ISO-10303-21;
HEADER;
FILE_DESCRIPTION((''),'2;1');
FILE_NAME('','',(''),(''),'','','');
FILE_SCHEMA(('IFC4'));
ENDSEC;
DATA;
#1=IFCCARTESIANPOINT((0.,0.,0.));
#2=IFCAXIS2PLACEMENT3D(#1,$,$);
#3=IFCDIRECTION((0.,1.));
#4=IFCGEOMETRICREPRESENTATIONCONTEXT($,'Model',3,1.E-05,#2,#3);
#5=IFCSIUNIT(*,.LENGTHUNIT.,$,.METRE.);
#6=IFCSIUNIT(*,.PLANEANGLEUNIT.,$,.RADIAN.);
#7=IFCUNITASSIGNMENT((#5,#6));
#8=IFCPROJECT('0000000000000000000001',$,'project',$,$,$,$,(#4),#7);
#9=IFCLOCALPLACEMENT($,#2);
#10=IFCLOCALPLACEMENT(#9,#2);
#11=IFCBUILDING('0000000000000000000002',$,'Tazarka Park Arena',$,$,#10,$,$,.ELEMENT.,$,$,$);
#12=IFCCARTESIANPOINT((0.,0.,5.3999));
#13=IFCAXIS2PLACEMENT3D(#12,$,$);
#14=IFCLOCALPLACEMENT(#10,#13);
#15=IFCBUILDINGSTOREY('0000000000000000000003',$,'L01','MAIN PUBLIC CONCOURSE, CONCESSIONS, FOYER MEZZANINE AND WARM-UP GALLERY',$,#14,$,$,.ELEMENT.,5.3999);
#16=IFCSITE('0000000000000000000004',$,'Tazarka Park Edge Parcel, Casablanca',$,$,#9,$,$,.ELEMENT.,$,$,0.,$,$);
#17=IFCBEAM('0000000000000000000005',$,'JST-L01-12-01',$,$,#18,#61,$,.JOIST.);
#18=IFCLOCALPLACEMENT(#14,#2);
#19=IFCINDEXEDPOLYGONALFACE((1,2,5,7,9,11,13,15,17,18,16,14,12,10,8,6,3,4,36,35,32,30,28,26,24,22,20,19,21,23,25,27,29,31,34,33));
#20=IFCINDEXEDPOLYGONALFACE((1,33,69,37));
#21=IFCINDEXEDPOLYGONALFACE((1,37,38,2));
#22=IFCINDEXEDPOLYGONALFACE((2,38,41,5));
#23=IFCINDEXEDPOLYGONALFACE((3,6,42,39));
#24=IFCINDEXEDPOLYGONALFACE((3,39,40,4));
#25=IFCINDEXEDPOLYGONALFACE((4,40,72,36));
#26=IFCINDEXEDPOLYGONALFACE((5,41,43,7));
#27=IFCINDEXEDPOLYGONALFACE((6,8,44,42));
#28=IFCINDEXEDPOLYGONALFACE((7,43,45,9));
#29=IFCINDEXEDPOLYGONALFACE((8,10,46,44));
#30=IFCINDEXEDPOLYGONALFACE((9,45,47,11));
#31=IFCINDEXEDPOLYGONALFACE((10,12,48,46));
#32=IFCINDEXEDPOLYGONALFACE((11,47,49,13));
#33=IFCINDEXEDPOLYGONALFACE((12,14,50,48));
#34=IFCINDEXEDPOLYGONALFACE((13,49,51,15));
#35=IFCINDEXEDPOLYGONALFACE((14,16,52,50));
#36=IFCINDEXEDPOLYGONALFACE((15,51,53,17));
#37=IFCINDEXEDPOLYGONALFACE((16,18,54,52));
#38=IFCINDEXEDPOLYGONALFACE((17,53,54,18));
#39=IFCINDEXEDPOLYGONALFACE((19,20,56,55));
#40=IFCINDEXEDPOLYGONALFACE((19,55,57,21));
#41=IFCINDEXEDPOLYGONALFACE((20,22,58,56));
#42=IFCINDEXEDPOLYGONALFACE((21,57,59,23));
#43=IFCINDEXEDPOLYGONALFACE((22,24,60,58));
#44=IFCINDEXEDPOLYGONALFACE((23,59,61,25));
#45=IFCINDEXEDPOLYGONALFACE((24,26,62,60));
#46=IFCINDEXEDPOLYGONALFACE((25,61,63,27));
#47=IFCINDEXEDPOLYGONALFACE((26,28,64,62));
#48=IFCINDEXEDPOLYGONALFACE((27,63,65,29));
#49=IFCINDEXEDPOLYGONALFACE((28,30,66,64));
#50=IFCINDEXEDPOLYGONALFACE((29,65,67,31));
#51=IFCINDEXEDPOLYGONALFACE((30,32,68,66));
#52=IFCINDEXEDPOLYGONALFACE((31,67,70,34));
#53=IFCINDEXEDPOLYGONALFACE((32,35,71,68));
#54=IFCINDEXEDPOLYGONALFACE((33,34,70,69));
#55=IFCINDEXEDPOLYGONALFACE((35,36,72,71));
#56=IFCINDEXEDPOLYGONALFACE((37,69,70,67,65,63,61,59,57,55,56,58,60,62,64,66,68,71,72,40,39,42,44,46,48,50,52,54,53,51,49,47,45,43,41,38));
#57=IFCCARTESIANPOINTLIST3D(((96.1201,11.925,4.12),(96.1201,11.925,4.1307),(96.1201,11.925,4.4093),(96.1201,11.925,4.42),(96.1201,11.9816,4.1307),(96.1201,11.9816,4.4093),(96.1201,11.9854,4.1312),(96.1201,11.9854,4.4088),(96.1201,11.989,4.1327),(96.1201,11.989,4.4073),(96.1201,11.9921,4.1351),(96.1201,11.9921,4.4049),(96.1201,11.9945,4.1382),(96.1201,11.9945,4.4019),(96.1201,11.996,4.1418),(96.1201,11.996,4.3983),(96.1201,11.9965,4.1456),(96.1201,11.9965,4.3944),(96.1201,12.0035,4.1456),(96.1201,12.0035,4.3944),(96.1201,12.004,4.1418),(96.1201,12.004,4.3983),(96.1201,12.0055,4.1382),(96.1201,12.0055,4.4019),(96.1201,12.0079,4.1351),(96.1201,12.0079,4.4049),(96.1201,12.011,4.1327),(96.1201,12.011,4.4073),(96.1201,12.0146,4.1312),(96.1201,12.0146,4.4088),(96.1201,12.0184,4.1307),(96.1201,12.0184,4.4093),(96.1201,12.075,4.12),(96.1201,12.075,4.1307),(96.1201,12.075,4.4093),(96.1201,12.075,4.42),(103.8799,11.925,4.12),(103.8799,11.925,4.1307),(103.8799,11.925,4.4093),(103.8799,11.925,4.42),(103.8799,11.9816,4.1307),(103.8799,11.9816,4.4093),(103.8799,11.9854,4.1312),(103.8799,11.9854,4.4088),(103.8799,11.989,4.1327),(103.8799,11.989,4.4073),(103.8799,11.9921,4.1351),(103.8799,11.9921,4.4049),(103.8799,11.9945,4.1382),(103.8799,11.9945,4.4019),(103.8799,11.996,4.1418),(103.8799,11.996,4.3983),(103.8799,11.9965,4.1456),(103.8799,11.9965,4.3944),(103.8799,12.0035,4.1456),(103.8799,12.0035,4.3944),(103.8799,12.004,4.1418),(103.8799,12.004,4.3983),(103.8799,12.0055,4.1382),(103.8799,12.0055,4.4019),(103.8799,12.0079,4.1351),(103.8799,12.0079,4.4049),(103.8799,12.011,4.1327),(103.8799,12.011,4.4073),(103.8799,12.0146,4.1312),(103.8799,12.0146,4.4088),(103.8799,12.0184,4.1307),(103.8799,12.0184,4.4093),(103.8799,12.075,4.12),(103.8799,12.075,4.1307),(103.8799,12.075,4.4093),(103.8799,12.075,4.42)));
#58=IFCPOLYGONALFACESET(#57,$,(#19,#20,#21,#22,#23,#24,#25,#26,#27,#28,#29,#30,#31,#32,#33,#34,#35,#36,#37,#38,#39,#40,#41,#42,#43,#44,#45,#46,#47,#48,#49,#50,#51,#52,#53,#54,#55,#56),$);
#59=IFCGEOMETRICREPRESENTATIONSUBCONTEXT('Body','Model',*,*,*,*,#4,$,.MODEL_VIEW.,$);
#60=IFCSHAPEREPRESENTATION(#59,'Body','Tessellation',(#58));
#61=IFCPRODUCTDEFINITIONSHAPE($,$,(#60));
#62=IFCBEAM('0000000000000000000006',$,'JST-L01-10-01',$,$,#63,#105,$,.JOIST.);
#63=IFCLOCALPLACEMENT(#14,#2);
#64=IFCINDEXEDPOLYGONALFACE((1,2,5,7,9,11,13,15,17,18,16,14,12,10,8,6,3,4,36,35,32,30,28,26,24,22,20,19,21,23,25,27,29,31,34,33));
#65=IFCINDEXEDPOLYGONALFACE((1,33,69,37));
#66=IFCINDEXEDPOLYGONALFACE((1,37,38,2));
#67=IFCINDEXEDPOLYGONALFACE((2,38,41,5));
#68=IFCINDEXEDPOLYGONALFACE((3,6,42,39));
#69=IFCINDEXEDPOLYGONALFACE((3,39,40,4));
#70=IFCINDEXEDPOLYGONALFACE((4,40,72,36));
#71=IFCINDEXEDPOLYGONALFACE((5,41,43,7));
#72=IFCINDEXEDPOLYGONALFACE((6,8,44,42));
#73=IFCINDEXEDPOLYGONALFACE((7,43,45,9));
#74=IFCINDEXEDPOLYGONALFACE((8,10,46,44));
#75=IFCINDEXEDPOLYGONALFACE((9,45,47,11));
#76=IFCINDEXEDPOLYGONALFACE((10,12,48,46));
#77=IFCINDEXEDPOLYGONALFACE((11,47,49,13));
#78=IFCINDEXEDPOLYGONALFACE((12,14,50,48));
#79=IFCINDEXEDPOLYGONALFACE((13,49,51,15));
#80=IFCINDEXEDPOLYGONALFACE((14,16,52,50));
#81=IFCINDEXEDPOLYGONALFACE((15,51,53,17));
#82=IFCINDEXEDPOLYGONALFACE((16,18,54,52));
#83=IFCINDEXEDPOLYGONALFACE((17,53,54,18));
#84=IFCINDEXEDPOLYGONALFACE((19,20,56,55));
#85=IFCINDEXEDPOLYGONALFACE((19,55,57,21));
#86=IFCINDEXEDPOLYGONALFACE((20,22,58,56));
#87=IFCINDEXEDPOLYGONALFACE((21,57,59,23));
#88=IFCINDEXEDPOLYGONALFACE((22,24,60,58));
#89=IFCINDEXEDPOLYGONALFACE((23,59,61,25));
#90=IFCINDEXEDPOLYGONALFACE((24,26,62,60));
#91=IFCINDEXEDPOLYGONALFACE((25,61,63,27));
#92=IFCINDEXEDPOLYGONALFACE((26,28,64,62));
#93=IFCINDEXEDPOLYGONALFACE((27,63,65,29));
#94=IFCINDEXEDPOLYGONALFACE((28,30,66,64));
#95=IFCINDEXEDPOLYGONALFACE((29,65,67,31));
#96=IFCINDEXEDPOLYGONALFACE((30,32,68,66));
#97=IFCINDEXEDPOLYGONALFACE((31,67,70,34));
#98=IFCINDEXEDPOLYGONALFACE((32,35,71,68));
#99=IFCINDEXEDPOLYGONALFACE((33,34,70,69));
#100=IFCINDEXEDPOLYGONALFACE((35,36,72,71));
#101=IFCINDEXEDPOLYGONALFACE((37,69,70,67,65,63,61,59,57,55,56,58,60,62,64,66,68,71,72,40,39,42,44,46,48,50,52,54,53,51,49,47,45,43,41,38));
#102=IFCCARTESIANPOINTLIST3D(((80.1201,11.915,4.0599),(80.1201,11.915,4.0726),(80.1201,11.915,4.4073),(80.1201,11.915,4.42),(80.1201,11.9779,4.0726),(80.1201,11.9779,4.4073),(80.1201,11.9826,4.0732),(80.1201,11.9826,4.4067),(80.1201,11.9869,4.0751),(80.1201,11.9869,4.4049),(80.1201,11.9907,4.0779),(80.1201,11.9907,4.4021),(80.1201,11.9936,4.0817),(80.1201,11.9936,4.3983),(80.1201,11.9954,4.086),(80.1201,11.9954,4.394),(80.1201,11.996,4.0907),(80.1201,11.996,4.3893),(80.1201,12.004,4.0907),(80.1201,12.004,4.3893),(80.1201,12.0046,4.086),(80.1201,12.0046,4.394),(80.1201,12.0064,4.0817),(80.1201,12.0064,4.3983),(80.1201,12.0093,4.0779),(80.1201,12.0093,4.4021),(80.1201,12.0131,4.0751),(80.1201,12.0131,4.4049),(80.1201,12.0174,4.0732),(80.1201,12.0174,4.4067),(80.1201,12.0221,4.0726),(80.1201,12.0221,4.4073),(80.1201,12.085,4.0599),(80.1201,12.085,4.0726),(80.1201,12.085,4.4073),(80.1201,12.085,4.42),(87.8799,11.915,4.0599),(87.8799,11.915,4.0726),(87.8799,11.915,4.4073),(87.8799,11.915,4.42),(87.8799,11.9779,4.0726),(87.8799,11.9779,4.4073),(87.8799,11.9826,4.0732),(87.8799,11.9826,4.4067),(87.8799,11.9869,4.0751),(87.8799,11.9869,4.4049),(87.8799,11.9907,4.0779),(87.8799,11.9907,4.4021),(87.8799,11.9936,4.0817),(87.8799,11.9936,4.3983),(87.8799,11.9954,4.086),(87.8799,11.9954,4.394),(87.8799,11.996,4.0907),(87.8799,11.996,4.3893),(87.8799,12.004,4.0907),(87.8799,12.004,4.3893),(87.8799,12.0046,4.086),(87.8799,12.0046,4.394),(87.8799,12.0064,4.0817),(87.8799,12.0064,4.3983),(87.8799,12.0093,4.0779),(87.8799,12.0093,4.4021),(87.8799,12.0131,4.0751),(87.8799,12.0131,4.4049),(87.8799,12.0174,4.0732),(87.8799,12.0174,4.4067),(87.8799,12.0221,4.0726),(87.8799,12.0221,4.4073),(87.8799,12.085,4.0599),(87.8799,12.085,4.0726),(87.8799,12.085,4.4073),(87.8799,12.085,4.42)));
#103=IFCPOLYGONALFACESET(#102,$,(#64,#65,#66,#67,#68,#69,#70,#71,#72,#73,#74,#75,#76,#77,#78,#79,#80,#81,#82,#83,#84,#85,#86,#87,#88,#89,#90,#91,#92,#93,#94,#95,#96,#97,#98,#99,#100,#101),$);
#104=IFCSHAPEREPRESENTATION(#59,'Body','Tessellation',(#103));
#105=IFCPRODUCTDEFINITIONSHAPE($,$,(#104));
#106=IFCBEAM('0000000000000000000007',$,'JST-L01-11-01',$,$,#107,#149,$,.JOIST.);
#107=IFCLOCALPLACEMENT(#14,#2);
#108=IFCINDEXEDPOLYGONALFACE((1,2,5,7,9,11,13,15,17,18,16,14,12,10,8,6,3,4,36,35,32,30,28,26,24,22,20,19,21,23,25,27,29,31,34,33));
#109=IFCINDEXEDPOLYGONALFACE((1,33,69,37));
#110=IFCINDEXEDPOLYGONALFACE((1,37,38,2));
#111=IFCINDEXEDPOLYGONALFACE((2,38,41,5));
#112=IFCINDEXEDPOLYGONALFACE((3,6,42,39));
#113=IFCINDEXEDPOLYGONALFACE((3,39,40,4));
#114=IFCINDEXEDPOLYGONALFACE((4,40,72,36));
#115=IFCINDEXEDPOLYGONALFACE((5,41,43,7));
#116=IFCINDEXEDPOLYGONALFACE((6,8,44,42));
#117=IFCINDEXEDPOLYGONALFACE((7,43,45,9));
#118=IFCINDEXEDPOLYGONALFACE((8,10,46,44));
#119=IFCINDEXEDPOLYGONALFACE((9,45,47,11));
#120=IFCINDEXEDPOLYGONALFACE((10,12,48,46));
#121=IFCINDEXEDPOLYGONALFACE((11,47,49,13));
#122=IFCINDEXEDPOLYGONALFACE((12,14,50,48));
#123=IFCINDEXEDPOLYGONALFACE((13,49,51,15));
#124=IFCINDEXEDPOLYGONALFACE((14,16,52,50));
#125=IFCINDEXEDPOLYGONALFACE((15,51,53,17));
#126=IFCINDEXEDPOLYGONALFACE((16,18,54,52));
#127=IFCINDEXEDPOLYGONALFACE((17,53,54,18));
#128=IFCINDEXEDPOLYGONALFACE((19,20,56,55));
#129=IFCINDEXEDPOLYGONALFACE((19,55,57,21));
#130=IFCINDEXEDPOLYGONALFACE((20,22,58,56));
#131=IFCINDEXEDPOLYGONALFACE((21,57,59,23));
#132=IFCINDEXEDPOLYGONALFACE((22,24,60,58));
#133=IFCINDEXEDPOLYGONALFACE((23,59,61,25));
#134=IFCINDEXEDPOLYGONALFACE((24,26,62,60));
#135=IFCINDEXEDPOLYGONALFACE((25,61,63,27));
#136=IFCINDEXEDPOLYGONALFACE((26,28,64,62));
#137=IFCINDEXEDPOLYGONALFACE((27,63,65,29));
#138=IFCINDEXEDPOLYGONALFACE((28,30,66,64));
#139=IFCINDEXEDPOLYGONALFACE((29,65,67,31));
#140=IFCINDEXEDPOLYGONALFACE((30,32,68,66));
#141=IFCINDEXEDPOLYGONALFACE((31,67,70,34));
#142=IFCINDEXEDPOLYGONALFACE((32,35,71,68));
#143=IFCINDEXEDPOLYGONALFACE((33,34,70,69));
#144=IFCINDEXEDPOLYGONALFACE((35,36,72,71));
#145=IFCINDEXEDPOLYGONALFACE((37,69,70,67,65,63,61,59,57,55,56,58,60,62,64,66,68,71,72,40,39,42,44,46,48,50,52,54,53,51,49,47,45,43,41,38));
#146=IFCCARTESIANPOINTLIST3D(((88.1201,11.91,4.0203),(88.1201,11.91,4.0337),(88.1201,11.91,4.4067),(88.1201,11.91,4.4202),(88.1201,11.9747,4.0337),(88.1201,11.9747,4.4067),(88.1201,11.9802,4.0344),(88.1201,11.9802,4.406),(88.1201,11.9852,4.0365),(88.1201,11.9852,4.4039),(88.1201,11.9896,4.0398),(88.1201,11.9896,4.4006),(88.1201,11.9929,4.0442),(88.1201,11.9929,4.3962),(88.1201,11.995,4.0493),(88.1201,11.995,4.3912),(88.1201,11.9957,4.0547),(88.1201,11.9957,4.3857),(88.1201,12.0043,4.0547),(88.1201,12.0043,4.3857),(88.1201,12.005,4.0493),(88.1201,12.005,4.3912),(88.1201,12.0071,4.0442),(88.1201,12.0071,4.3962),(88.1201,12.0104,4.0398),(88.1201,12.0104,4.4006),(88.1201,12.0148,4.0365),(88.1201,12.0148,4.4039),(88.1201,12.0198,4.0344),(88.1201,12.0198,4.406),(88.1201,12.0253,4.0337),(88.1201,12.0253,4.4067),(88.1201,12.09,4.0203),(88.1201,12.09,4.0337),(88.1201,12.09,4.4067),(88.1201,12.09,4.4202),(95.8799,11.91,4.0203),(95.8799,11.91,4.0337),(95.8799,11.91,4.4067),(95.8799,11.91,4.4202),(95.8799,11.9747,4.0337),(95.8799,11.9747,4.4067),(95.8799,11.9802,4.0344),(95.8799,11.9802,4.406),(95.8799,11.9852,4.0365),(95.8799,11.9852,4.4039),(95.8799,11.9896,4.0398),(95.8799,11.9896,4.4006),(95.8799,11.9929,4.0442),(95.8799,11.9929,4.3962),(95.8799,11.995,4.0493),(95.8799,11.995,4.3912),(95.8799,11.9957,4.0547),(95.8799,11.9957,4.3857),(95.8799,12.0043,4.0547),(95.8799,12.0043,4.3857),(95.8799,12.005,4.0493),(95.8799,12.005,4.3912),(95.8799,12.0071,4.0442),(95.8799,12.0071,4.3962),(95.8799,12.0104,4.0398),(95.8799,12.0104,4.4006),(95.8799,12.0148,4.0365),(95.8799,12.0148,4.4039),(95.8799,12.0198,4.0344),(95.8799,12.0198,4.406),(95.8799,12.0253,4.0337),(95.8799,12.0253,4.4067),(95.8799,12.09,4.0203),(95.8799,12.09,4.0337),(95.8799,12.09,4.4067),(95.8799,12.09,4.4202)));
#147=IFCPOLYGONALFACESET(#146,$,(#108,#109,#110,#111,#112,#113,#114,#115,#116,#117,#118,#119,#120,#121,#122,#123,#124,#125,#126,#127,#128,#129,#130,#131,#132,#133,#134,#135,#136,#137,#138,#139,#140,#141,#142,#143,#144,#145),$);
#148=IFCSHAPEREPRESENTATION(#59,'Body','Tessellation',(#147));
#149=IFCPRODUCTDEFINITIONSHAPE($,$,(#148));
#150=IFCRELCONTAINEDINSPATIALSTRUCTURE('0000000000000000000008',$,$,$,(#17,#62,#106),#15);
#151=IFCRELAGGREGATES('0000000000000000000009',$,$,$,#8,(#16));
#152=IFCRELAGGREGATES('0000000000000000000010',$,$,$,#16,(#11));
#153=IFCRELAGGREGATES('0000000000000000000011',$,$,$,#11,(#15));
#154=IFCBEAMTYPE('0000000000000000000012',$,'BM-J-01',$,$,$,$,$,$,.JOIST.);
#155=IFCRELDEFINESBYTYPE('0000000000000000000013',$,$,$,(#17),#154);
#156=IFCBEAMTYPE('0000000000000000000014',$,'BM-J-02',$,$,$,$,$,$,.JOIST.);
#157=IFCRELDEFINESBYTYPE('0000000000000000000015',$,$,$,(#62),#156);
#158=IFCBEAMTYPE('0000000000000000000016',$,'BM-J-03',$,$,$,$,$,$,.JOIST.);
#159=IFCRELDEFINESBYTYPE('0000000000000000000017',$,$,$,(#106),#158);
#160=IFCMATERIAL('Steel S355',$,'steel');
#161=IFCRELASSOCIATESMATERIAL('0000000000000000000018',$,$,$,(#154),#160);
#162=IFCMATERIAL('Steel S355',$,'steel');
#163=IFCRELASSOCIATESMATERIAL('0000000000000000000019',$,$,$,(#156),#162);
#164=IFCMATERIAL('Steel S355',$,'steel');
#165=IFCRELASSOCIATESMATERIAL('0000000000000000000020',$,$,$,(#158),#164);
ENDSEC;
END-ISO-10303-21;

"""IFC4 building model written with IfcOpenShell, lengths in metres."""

from ifc_helpers import new_model, si_unit, direction, frame, origin, origin_2d, place, context, subcontext, project, spatial, i_section, extrude, material, material_profile, profile_set, type_object, element, save


model = new_model("IFC4")

# Units and contexts
model_context = context("Model", 3, precision=1e-05, world=origin(), true_north=direction((0.0, 1.0)))
body_context = subcontext(model_context, "Body", "Model", "MODEL_VIEW")
ifc_project = project(units=[si_unit("LENGTHUNIT", "METRE"), si_unit("PLANEANGLEUNIT", "RADIAN")], contexts=[model_context])

# Site, building, storey
site_placement = place(None, origin())
site = spatial("IfcSite", under=ifc_project, at=site_placement, Name="Tazarka Park Edge Parcel, Casablanca", CompositionType="ELEMENT", RefElevation=0.0)
building_placement = place(site_placement, origin())
building = spatial("IfcBuilding", under=site, at=building_placement, Name="Tazarka Park Arena", CompositionType="ELEMENT")
storey_placement = place(building_placement, frame((0.0, 0.0, 5.3999)))
storey = spatial("IfcBuildingStorey", under=building, at=storey_placement, Name="L01", Description="MAIN PUBLIC CONCOURSE, CONCESSIONS, FOYER MEZZANINE AND WARM-UP GALLERY", CompositionType="ELEMENT", Elevation=5.3999)

# Beams
ifc_material_1 = material(Name="Steel S355", Category="steel")
ifc_material_profile_1 = material_profile(ifc_material_1, i_section(OverallWidth=0.1499, OverallDepth=0.3, WebThickness=0.0071, FlangeThickness=0.0107, FilletRadius=0.0149, at=origin_2d()), Name="Steel S355")
ifc_profile_set_1 = profile_set([ifc_material_profile_1], Name="Steel S355")
beam_type_1 = type_object("IfcBeamType", Name="BM-J-01", PredefinedType="JOIST", material=ifc_profile_set_1)
beam_1_placement = place(storey_placement, frame((96.1201, 12.0, 4.27), z_axis=(1.0, 0.0, 0.0), x_axis=(0.0, 1.0, 0.0)))
element("IfcBeam", 1, at=beam_1_placement, inside=storey, type_object=beam_type_1, Name="JST-L01-12-01", PredefinedType="JOIST", context=body_context, shape_type="SweptSolid", body=[
    extrude(i_section(OverallWidth=0.1499, OverallDepth=0.3, WebThickness=0.0071, FlangeThickness=0.0107, FilletRadius=0.0149, at=origin_2d()), origin(), (0.0, 0.0, 1.0), 7.7598),
])
ifc_material_2 = material(Name="Steel S355", Category="steel")
ifc_material_profile_2 = material_profile(ifc_material_2, i_section(OverallWidth=0.1699, OverallDepth=0.3601, WebThickness=0.0081, FlangeThickness=0.0127, FilletRadius=0.0181, at=origin_2d()), Name="Steel S355")
ifc_profile_set_2 = profile_set([ifc_material_profile_2], Name="Steel S355")
beam_type_2 = type_object("IfcBeamType", Name="BM-J-02", PredefinedType="JOIST", material=ifc_profile_set_2)
beam_2_placement = place(storey_placement, frame((80.1201, 12.0, 4.24), z_axis=(1.0, 0.0, 0.0), x_axis=(0.0, 1.0, 0.0)))
element("IfcBeam", 2, at=beam_2_placement, inside=storey, type_object=beam_type_2, Name="JST-L01-10-01", PredefinedType="JOIST", context=body_context, shape_type="SweptSolid", body=[
    extrude(i_section(OverallWidth=0.1699, OverallDepth=0.3601, WebThickness=0.0081, FlangeThickness=0.0127, FilletRadius=0.0181, at=origin_2d()), origin(), (0.0, 0.0, 1.0), 7.7598),
])
ifc_material_3 = material(Name="Steel S355", Category="steel")
ifc_material_profile_3 = material_profile(ifc_material_3, i_section(OverallWidth=0.1799, OverallDepth=0.3999, WebThickness=0.0085, FlangeThickness=0.0134, FilletRadius=0.021, at=origin_2d()), Name="Steel S355")
ifc_profile_set_3 = profile_set([ifc_material_profile_3], Name="Steel S355")
beam_type_3 = type_object("IfcBeamType", Name="BM-J-03", PredefinedType="JOIST", material=ifc_profile_set_3)
beam_3_placement = place(storey_placement, frame((88.1201, 12.0, 4.2202), z_axis=(1.0, 0.0, 0.0), x_axis=(0.0, 1.0, 0.0)))
element("IfcBeam", 3, at=beam_3_placement, inside=storey, type_object=beam_type_3, Name="JST-L01-11-01", PredefinedType="JOIST", context=body_context, shape_type="SweptSolid", body=[
    extrude(i_section(OverallWidth=0.1799, OverallDepth=0.3999, WebThickness=0.0085, FlangeThickness=0.0134, FilletRadius=0.021, at=origin_2d()), origin(), (0.0, 0.0, 1.0), 7.7598),
])

save(model, "model.ifc")
